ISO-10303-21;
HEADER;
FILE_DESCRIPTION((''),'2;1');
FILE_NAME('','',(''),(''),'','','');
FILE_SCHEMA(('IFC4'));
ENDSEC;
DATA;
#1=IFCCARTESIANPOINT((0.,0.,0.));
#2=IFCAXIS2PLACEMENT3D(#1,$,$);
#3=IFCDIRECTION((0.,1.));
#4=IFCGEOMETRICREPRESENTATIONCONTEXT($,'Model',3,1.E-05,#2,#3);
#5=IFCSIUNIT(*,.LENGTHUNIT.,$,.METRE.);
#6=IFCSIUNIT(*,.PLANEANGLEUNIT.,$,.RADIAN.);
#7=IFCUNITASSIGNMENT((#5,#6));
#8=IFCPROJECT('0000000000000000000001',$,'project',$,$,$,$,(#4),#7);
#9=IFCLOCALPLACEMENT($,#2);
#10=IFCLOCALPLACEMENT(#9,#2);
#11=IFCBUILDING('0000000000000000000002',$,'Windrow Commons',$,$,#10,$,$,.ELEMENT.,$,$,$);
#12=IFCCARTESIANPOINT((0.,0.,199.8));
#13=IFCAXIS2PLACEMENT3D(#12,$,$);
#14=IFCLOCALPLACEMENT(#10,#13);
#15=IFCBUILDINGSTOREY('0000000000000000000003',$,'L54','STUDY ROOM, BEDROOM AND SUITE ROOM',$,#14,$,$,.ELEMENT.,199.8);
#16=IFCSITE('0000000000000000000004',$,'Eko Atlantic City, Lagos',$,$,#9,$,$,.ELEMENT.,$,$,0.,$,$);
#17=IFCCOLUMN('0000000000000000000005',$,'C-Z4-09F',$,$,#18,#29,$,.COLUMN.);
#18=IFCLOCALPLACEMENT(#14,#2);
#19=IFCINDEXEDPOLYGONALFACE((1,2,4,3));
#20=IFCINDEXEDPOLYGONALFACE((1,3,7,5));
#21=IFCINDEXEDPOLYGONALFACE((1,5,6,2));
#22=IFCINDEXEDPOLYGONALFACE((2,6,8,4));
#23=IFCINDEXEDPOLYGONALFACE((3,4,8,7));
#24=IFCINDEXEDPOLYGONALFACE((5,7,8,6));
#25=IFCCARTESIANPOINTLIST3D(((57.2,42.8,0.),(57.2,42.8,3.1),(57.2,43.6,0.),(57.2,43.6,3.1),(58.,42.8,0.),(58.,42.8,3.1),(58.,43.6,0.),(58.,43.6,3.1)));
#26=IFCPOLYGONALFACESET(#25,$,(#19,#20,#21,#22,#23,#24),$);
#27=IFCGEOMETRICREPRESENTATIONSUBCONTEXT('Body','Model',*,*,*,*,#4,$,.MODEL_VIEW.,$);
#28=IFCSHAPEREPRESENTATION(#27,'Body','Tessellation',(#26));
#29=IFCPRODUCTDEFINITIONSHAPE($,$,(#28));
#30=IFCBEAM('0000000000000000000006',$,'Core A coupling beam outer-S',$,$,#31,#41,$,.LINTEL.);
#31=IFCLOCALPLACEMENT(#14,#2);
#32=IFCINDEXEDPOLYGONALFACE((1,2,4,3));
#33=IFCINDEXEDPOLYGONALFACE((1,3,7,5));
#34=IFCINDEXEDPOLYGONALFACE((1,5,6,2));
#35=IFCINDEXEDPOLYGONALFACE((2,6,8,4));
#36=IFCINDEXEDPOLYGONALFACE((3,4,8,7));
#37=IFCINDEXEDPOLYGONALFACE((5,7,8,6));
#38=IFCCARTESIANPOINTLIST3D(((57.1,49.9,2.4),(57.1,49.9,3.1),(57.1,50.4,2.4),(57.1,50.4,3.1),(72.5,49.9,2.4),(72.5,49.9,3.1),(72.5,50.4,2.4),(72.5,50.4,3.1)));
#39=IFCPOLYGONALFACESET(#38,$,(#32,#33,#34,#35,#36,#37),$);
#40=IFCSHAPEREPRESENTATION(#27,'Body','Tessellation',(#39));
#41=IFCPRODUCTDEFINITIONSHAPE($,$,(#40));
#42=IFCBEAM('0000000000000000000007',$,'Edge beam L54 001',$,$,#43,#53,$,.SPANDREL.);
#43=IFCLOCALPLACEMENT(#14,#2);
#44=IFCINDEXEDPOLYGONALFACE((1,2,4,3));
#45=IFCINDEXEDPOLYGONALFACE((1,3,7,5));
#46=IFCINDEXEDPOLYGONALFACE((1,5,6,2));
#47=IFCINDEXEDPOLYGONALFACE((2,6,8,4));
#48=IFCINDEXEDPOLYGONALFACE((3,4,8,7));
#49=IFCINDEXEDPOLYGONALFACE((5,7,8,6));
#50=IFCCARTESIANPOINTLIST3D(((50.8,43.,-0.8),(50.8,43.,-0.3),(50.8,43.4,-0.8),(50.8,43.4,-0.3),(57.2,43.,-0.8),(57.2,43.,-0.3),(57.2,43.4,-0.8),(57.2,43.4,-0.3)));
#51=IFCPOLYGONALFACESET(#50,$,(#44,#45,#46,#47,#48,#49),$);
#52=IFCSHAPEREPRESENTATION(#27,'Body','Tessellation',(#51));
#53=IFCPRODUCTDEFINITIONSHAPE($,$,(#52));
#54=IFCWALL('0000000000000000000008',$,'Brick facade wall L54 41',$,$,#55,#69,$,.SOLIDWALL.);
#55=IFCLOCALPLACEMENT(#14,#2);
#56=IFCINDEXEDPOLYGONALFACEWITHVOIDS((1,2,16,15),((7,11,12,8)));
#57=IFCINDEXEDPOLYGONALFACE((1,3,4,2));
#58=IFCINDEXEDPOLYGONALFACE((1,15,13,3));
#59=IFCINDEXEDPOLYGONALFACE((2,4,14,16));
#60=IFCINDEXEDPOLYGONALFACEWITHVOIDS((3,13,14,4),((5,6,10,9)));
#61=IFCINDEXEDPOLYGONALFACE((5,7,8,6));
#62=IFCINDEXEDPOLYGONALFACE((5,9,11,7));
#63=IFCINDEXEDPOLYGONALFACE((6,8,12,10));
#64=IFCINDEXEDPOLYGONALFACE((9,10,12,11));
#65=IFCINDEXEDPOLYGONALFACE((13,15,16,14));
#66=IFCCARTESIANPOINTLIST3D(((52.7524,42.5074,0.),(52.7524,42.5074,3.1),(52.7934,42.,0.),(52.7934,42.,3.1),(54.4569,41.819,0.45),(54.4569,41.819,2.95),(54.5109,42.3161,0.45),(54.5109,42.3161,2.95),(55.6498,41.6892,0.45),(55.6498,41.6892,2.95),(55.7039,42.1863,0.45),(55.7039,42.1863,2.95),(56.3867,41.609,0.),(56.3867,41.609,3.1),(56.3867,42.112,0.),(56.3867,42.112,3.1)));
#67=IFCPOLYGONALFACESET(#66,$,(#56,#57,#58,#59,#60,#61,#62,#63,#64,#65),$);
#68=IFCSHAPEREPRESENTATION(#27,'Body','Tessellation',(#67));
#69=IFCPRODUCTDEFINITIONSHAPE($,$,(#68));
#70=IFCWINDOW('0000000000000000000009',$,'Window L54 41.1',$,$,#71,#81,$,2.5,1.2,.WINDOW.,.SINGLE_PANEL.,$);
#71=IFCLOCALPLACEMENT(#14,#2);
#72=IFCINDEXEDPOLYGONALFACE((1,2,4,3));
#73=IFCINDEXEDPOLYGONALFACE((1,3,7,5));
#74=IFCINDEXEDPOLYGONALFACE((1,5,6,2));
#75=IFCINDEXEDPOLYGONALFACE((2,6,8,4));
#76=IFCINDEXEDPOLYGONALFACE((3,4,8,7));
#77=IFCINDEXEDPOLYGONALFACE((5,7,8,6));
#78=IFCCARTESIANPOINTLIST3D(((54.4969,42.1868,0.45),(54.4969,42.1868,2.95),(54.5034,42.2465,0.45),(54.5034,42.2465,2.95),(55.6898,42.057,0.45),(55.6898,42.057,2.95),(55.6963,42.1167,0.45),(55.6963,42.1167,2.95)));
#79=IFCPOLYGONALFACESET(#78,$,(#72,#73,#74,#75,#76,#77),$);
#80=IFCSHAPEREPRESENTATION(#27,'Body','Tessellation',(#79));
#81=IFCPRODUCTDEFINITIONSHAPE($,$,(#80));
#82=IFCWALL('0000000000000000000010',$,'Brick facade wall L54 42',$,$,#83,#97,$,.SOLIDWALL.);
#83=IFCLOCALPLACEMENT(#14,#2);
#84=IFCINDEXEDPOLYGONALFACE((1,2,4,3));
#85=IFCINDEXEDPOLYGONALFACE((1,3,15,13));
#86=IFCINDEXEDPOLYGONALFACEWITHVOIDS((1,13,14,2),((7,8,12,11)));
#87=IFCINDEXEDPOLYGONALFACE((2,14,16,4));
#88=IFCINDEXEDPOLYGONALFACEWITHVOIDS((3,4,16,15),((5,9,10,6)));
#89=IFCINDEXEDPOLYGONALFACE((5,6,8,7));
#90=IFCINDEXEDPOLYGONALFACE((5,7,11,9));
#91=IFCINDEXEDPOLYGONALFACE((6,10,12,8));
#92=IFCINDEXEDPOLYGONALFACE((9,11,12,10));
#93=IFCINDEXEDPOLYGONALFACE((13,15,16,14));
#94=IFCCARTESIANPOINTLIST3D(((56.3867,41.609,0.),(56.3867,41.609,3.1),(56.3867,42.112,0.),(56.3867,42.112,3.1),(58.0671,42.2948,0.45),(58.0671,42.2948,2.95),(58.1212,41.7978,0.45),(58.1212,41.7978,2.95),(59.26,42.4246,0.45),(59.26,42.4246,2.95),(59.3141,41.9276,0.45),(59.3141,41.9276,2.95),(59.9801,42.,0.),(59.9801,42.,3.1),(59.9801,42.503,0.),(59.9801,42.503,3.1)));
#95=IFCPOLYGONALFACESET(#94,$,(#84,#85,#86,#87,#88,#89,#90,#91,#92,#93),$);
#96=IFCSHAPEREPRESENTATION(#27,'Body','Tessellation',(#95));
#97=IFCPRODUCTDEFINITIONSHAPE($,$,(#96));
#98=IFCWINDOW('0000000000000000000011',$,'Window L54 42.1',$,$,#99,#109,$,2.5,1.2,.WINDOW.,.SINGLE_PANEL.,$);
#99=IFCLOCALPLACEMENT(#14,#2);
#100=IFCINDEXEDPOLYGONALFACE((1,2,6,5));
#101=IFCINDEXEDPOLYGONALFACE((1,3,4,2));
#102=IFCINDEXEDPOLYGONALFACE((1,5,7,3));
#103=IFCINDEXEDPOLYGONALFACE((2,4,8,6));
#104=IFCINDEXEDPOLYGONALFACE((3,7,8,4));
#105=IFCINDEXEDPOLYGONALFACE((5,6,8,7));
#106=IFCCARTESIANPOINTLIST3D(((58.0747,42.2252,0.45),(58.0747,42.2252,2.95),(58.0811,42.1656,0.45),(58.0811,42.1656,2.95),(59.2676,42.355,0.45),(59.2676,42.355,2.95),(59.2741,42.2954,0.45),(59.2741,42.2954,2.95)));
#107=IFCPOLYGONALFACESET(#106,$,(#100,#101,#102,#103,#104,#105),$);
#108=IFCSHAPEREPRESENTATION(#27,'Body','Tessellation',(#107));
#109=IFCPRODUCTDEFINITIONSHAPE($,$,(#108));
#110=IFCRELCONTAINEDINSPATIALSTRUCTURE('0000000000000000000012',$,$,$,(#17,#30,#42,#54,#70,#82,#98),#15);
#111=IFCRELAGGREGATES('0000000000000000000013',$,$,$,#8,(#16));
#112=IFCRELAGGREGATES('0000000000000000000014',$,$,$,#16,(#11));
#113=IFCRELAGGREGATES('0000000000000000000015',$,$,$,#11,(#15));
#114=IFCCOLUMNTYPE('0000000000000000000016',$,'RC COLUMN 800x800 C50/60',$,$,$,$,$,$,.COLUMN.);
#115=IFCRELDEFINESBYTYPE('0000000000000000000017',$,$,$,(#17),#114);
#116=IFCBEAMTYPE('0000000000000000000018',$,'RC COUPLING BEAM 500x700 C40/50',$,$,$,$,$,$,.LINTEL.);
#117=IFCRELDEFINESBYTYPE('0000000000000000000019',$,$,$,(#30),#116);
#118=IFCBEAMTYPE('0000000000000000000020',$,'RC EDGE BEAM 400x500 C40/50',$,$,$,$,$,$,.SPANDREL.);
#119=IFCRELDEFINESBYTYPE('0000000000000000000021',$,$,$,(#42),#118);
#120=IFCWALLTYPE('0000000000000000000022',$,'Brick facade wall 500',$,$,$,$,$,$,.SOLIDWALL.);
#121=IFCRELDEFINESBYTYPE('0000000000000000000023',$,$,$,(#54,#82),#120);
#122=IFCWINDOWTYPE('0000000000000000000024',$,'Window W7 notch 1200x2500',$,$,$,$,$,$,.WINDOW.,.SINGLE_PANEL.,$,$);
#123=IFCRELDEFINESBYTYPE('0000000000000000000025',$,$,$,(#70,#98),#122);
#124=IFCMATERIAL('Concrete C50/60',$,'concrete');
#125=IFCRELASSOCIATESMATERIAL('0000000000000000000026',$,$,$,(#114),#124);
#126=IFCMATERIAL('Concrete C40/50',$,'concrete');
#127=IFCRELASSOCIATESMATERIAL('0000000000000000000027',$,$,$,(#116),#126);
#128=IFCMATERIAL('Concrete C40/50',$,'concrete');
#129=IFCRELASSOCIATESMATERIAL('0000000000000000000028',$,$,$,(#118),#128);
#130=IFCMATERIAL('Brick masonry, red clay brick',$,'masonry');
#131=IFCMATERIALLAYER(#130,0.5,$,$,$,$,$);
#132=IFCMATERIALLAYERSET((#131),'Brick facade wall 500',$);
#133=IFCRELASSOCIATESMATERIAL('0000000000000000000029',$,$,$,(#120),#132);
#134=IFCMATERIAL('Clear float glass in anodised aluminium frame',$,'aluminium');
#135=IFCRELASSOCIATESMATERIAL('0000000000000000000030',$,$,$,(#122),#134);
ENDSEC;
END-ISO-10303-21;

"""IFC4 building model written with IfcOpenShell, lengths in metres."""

from ifc_helpers import new_model, si_unit, direction, frame, frame_2d, origin, origin_2d, place, context, subcontext, project, spatial, polyline, rectangle, outline, extrude, material, layer, layer_set, material_profile, profile_set, type_object, element, fill, save


model = new_model("IFC4")

# Units and contexts
model_context = context("Model", 3, precision=1e-05, world=origin(), true_north=direction((0.0, 1.0)))
body_context = subcontext(model_context, "Body", "Model", "MODEL_VIEW")
ifc_project = project(units=[si_unit("LENGTHUNIT", "METRE"), si_unit("PLANEANGLEUNIT", "RADIAN")], contexts=[model_context])

# Site, building, storey
site_placement = place(None, origin())
site = spatial("IfcSite", under=ifc_project, at=site_placement, Name="Eko Atlantic City, Lagos", CompositionType="ELEMENT", RefElevation=0.0)
building_placement = place(site_placement, origin())
building = spatial("IfcBuilding", under=site, at=building_placement, Name="Windrow Commons", CompositionType="ELEMENT")
storey_placement = place(building_placement, frame((0.0, 0.0, 199.8)))
storey = spatial("IfcBuildingStorey", under=building, at=storey_placement, Name="L54", Description="STUDY ROOM, BEDROOM AND SUITE ROOM", CompositionType="ELEMENT", Elevation=199.8)

# Column
ifc_material_1 = material(Name="Concrete C50/60", Category="concrete")
ifc_material_profile_1 = material_profile(ifc_material_1, rectangle(XDim=0.8, YDim=0.8, at=origin_2d()))
ifc_profile_set_1 = profile_set([ifc_material_profile_1], Name="Concrete C50/60")
column_type = type_object("IfcColumnType", Name="RC COLUMN 800x800 C50/60", PredefinedType="COLUMN", material=ifc_profile_set_1)
column_placement = place(storey_placement, frame((57.6, 43.2, 0.0), z_axis=(0.0, 0.0, 1.0), x_axis=(1.0, 0.0, 0.0)))
element("IfcColumn", 1, at=column_placement, inside=storey, type_object=column_type, Name="C-Z4-09F", PredefinedType="COLUMN", context=body_context, shape_type="SweptSolid", body=[
    extrude(rectangle(XDim=0.8, YDim=0.8, at=origin_2d()), origin(), (0.0, 0.0, 1.0), 3.1),
])

# Beams
ifc_material_2 = material(Name="Concrete C40/50", Category="concrete")
ifc_material_profile_2 = material_profile(ifc_material_2, rectangle(XDim=0.5, YDim=0.7, at=origin_2d()))
ifc_profile_set_2 = profile_set([ifc_material_profile_2], Name="Concrete C40/50")
beam_type_1 = type_object("IfcBeamType", Name="RC COUPLING BEAM 500x700 C40/50", PredefinedType="LINTEL", material=ifc_profile_set_2)
beam_1_placement = place(storey_placement, frame((57.1, 50.15, 2.75), z_axis=(1.0, 0.0, 0.0), x_axis=(0.0, 1.0, 0.0)))
element("IfcBeam", 2, at=beam_1_placement, inside=storey, type_object=beam_type_1, Name="Core A coupling beam outer-S", PredefinedType="LINTEL", context=body_context, shape_type="SweptSolid", body=[
    extrude(rectangle(XDim=0.5, YDim=0.7, at=origin_2d()), origin(), (0.0, 0.0, 1.0), 15.4),
])
ifc_material_3 = material(Name="Concrete C40/50", Category="concrete")
ifc_material_profile_3 = material_profile(ifc_material_3, rectangle(XDim=0.4, YDim=0.5, at=origin_2d()))
ifc_profile_set_3 = profile_set([ifc_material_profile_3], Name="Concrete C40/50")
beam_type_2 = type_object("IfcBeamType", Name="RC EDGE BEAM 400x500 C40/50", PredefinedType="SPANDREL", material=ifc_profile_set_3)
beam_2_placement = place(storey_placement, frame((57.2, 43.2, -0.55), z_axis=(-1.0, 0.0, 0.0), x_axis=(0.0, -1.0, 0.0)))
element("IfcBeam", 3, at=beam_2_placement, inside=storey, type_object=beam_type_2, Name="Edge beam L54 001", PredefinedType="SPANDREL", context=body_context, shape_type="SweptSolid", body=[
    extrude(rectangle(XDim=0.4, YDim=0.5, at=origin_2d()), origin(), (0.0, 0.0, 1.0), 6.4),
])

# Walls, openings, windows
ifc_material_4 = material(Name="Brick masonry, red clay brick", Category="masonry")
ifc_layer_1 = layer(ifc_material_4, 0.5)
ifc_layer_set_1 = layer_set([ifc_layer_1], Name="Brick facade wall 500")
wall_type_1 = type_object("IfcWallType", Name="Brick facade wall 500", PredefinedType="SOLIDWALL", material=ifc_layer_set_1)
wall_1_placement = place(storey_placement, frame((52.7729, 42.2537, 0.0), z_axis=(0.0, 0.0, 1.0), x_axis=(0.994133, -0.108167, 0.0)))
wall_1 = element("IfcWall", 4, at=wall_1_placement, inside=storey, type_object=wall_type_1, Name="Brick facade wall L54 41", PredefinedType="SOLIDWALL", context=body_context, shape_type="SweptSolid", body=[
    extrude(outline(polyline([(0.0478, -0.25), (3.6623, -0.25), (3.6079, 0.25), (-0.0478, 0.25), (0.0478, -0.25)])), origin(), (0.0, 0.0, 1.0), 3.1),
])
opening_1_placement = place(wall_1_placement, frame((1.7211, 0.0, 0.45)))
opening_1 = element("IfcOpeningElement", 5, at=opening_1_placement, cuts=wall_1, PredefinedType="OPENING", context=body_context, shape_type="SweptSolid", body=[
    extrude(rectangle(XDim=1.2, YDim=2.5, at=frame_2d((0.6, 1.25))), frame((0.0, 0.26, 0.0), z_axis=(0.0, -1.0, 0.0), x_axis=(1.0, 0.0, 0.0)), (0.0, 0.0, 1.0), 0.52),
])
ifc_material_5 = material(Name="Clear float glass in anodised aluminium frame", Category="aluminium")
window_type = type_object("IfcWindowType", Name="Window W7 notch 1200x2500", PartitioningType="SINGLE_PANEL", PredefinedType="WINDOW", material=ifc_material_5)
window_1_placement = place(opening_1_placement, origin())
window_1 = element("IfcWindow", 6, at=window_1_placement, inside=storey, type_object=window_type, Name="Window L54 41.1", OverallHeight=2.5, OverallWidth=1.2, PartitioningType="SINGLE_PANEL", PredefinedType="WINDOW", context=body_context, shape_type="SweptSolid", body=[
    extrude(rectangle(XDim=1.2, YDim=2.5, at=frame_2d((0.6, 1.25))), frame((0.0, 0.18, 0.0), z_axis=(0.0, -1.0, 0.0), x_axis=(1.0, 0.0, 0.0)), (0.0, 0.0, 1.0), 0.06),
])
fill(opening_1, window_1)
wall_2_placement = place(storey_placement, frame((56.3867, 41.8605, 0.0), z_axis=(0.0, 0.0, 1.0), x_axis=(0.994132, 0.108172, 0.0)))
wall_2 = element("IfcWall", 7, at=wall_2_placement, inside=storey, type_object=wall_type_1, Name="Brick facade wall L54 42", PredefinedType="SOLIDWALL", context=body_context, shape_type="SweptSolid", body=[
    extrude(outline(polyline([(-0.0272, -0.25), (3.5874, -0.25), (3.6418, 0.25), (0.0272, 0.25), (-0.0272, -0.25)])), origin(), (0.0, 0.0, 1.0), 3.1),
])
opening_2_placement = place(wall_2_placement, frame((1.7175, 0.0, 0.45)))
opening_2 = element("IfcOpeningElement", 8, at=opening_2_placement, cuts=wall_2, PredefinedType="OPENING", context=body_context, shape_type="SweptSolid", body=[
    extrude(rectangle(XDim=1.2, YDim=2.5, at=frame_2d((0.6, 1.25))), frame((0.0, 0.26, 0.0), z_axis=(0.0, -1.0, 0.0), x_axis=(1.0, 0.0, 0.0)), (0.0, 0.0, 1.0), 0.52),
])
window_2_placement = place(opening_2_placement, origin())
window_2 = element("IfcWindow", 9, at=window_2_placement, inside=storey, type_object=window_type, Name="Window L54 42.1", OverallHeight=2.5, OverallWidth=1.2, PartitioningType="SINGLE_PANEL", PredefinedType="WINDOW", context=body_context, shape_type="SweptSolid", body=[
    extrude(rectangle(XDim=1.2, YDim=2.5, at=frame_2d((0.6, 1.25))), frame((0.0, 0.18, 0.0), z_axis=(0.0, -1.0, 0.0), x_axis=(1.0, 0.0, 0.0)), (0.0, 0.0, 1.0), 0.06),
])
fill(opening_2, window_2)

save(model, "model.ifc")
